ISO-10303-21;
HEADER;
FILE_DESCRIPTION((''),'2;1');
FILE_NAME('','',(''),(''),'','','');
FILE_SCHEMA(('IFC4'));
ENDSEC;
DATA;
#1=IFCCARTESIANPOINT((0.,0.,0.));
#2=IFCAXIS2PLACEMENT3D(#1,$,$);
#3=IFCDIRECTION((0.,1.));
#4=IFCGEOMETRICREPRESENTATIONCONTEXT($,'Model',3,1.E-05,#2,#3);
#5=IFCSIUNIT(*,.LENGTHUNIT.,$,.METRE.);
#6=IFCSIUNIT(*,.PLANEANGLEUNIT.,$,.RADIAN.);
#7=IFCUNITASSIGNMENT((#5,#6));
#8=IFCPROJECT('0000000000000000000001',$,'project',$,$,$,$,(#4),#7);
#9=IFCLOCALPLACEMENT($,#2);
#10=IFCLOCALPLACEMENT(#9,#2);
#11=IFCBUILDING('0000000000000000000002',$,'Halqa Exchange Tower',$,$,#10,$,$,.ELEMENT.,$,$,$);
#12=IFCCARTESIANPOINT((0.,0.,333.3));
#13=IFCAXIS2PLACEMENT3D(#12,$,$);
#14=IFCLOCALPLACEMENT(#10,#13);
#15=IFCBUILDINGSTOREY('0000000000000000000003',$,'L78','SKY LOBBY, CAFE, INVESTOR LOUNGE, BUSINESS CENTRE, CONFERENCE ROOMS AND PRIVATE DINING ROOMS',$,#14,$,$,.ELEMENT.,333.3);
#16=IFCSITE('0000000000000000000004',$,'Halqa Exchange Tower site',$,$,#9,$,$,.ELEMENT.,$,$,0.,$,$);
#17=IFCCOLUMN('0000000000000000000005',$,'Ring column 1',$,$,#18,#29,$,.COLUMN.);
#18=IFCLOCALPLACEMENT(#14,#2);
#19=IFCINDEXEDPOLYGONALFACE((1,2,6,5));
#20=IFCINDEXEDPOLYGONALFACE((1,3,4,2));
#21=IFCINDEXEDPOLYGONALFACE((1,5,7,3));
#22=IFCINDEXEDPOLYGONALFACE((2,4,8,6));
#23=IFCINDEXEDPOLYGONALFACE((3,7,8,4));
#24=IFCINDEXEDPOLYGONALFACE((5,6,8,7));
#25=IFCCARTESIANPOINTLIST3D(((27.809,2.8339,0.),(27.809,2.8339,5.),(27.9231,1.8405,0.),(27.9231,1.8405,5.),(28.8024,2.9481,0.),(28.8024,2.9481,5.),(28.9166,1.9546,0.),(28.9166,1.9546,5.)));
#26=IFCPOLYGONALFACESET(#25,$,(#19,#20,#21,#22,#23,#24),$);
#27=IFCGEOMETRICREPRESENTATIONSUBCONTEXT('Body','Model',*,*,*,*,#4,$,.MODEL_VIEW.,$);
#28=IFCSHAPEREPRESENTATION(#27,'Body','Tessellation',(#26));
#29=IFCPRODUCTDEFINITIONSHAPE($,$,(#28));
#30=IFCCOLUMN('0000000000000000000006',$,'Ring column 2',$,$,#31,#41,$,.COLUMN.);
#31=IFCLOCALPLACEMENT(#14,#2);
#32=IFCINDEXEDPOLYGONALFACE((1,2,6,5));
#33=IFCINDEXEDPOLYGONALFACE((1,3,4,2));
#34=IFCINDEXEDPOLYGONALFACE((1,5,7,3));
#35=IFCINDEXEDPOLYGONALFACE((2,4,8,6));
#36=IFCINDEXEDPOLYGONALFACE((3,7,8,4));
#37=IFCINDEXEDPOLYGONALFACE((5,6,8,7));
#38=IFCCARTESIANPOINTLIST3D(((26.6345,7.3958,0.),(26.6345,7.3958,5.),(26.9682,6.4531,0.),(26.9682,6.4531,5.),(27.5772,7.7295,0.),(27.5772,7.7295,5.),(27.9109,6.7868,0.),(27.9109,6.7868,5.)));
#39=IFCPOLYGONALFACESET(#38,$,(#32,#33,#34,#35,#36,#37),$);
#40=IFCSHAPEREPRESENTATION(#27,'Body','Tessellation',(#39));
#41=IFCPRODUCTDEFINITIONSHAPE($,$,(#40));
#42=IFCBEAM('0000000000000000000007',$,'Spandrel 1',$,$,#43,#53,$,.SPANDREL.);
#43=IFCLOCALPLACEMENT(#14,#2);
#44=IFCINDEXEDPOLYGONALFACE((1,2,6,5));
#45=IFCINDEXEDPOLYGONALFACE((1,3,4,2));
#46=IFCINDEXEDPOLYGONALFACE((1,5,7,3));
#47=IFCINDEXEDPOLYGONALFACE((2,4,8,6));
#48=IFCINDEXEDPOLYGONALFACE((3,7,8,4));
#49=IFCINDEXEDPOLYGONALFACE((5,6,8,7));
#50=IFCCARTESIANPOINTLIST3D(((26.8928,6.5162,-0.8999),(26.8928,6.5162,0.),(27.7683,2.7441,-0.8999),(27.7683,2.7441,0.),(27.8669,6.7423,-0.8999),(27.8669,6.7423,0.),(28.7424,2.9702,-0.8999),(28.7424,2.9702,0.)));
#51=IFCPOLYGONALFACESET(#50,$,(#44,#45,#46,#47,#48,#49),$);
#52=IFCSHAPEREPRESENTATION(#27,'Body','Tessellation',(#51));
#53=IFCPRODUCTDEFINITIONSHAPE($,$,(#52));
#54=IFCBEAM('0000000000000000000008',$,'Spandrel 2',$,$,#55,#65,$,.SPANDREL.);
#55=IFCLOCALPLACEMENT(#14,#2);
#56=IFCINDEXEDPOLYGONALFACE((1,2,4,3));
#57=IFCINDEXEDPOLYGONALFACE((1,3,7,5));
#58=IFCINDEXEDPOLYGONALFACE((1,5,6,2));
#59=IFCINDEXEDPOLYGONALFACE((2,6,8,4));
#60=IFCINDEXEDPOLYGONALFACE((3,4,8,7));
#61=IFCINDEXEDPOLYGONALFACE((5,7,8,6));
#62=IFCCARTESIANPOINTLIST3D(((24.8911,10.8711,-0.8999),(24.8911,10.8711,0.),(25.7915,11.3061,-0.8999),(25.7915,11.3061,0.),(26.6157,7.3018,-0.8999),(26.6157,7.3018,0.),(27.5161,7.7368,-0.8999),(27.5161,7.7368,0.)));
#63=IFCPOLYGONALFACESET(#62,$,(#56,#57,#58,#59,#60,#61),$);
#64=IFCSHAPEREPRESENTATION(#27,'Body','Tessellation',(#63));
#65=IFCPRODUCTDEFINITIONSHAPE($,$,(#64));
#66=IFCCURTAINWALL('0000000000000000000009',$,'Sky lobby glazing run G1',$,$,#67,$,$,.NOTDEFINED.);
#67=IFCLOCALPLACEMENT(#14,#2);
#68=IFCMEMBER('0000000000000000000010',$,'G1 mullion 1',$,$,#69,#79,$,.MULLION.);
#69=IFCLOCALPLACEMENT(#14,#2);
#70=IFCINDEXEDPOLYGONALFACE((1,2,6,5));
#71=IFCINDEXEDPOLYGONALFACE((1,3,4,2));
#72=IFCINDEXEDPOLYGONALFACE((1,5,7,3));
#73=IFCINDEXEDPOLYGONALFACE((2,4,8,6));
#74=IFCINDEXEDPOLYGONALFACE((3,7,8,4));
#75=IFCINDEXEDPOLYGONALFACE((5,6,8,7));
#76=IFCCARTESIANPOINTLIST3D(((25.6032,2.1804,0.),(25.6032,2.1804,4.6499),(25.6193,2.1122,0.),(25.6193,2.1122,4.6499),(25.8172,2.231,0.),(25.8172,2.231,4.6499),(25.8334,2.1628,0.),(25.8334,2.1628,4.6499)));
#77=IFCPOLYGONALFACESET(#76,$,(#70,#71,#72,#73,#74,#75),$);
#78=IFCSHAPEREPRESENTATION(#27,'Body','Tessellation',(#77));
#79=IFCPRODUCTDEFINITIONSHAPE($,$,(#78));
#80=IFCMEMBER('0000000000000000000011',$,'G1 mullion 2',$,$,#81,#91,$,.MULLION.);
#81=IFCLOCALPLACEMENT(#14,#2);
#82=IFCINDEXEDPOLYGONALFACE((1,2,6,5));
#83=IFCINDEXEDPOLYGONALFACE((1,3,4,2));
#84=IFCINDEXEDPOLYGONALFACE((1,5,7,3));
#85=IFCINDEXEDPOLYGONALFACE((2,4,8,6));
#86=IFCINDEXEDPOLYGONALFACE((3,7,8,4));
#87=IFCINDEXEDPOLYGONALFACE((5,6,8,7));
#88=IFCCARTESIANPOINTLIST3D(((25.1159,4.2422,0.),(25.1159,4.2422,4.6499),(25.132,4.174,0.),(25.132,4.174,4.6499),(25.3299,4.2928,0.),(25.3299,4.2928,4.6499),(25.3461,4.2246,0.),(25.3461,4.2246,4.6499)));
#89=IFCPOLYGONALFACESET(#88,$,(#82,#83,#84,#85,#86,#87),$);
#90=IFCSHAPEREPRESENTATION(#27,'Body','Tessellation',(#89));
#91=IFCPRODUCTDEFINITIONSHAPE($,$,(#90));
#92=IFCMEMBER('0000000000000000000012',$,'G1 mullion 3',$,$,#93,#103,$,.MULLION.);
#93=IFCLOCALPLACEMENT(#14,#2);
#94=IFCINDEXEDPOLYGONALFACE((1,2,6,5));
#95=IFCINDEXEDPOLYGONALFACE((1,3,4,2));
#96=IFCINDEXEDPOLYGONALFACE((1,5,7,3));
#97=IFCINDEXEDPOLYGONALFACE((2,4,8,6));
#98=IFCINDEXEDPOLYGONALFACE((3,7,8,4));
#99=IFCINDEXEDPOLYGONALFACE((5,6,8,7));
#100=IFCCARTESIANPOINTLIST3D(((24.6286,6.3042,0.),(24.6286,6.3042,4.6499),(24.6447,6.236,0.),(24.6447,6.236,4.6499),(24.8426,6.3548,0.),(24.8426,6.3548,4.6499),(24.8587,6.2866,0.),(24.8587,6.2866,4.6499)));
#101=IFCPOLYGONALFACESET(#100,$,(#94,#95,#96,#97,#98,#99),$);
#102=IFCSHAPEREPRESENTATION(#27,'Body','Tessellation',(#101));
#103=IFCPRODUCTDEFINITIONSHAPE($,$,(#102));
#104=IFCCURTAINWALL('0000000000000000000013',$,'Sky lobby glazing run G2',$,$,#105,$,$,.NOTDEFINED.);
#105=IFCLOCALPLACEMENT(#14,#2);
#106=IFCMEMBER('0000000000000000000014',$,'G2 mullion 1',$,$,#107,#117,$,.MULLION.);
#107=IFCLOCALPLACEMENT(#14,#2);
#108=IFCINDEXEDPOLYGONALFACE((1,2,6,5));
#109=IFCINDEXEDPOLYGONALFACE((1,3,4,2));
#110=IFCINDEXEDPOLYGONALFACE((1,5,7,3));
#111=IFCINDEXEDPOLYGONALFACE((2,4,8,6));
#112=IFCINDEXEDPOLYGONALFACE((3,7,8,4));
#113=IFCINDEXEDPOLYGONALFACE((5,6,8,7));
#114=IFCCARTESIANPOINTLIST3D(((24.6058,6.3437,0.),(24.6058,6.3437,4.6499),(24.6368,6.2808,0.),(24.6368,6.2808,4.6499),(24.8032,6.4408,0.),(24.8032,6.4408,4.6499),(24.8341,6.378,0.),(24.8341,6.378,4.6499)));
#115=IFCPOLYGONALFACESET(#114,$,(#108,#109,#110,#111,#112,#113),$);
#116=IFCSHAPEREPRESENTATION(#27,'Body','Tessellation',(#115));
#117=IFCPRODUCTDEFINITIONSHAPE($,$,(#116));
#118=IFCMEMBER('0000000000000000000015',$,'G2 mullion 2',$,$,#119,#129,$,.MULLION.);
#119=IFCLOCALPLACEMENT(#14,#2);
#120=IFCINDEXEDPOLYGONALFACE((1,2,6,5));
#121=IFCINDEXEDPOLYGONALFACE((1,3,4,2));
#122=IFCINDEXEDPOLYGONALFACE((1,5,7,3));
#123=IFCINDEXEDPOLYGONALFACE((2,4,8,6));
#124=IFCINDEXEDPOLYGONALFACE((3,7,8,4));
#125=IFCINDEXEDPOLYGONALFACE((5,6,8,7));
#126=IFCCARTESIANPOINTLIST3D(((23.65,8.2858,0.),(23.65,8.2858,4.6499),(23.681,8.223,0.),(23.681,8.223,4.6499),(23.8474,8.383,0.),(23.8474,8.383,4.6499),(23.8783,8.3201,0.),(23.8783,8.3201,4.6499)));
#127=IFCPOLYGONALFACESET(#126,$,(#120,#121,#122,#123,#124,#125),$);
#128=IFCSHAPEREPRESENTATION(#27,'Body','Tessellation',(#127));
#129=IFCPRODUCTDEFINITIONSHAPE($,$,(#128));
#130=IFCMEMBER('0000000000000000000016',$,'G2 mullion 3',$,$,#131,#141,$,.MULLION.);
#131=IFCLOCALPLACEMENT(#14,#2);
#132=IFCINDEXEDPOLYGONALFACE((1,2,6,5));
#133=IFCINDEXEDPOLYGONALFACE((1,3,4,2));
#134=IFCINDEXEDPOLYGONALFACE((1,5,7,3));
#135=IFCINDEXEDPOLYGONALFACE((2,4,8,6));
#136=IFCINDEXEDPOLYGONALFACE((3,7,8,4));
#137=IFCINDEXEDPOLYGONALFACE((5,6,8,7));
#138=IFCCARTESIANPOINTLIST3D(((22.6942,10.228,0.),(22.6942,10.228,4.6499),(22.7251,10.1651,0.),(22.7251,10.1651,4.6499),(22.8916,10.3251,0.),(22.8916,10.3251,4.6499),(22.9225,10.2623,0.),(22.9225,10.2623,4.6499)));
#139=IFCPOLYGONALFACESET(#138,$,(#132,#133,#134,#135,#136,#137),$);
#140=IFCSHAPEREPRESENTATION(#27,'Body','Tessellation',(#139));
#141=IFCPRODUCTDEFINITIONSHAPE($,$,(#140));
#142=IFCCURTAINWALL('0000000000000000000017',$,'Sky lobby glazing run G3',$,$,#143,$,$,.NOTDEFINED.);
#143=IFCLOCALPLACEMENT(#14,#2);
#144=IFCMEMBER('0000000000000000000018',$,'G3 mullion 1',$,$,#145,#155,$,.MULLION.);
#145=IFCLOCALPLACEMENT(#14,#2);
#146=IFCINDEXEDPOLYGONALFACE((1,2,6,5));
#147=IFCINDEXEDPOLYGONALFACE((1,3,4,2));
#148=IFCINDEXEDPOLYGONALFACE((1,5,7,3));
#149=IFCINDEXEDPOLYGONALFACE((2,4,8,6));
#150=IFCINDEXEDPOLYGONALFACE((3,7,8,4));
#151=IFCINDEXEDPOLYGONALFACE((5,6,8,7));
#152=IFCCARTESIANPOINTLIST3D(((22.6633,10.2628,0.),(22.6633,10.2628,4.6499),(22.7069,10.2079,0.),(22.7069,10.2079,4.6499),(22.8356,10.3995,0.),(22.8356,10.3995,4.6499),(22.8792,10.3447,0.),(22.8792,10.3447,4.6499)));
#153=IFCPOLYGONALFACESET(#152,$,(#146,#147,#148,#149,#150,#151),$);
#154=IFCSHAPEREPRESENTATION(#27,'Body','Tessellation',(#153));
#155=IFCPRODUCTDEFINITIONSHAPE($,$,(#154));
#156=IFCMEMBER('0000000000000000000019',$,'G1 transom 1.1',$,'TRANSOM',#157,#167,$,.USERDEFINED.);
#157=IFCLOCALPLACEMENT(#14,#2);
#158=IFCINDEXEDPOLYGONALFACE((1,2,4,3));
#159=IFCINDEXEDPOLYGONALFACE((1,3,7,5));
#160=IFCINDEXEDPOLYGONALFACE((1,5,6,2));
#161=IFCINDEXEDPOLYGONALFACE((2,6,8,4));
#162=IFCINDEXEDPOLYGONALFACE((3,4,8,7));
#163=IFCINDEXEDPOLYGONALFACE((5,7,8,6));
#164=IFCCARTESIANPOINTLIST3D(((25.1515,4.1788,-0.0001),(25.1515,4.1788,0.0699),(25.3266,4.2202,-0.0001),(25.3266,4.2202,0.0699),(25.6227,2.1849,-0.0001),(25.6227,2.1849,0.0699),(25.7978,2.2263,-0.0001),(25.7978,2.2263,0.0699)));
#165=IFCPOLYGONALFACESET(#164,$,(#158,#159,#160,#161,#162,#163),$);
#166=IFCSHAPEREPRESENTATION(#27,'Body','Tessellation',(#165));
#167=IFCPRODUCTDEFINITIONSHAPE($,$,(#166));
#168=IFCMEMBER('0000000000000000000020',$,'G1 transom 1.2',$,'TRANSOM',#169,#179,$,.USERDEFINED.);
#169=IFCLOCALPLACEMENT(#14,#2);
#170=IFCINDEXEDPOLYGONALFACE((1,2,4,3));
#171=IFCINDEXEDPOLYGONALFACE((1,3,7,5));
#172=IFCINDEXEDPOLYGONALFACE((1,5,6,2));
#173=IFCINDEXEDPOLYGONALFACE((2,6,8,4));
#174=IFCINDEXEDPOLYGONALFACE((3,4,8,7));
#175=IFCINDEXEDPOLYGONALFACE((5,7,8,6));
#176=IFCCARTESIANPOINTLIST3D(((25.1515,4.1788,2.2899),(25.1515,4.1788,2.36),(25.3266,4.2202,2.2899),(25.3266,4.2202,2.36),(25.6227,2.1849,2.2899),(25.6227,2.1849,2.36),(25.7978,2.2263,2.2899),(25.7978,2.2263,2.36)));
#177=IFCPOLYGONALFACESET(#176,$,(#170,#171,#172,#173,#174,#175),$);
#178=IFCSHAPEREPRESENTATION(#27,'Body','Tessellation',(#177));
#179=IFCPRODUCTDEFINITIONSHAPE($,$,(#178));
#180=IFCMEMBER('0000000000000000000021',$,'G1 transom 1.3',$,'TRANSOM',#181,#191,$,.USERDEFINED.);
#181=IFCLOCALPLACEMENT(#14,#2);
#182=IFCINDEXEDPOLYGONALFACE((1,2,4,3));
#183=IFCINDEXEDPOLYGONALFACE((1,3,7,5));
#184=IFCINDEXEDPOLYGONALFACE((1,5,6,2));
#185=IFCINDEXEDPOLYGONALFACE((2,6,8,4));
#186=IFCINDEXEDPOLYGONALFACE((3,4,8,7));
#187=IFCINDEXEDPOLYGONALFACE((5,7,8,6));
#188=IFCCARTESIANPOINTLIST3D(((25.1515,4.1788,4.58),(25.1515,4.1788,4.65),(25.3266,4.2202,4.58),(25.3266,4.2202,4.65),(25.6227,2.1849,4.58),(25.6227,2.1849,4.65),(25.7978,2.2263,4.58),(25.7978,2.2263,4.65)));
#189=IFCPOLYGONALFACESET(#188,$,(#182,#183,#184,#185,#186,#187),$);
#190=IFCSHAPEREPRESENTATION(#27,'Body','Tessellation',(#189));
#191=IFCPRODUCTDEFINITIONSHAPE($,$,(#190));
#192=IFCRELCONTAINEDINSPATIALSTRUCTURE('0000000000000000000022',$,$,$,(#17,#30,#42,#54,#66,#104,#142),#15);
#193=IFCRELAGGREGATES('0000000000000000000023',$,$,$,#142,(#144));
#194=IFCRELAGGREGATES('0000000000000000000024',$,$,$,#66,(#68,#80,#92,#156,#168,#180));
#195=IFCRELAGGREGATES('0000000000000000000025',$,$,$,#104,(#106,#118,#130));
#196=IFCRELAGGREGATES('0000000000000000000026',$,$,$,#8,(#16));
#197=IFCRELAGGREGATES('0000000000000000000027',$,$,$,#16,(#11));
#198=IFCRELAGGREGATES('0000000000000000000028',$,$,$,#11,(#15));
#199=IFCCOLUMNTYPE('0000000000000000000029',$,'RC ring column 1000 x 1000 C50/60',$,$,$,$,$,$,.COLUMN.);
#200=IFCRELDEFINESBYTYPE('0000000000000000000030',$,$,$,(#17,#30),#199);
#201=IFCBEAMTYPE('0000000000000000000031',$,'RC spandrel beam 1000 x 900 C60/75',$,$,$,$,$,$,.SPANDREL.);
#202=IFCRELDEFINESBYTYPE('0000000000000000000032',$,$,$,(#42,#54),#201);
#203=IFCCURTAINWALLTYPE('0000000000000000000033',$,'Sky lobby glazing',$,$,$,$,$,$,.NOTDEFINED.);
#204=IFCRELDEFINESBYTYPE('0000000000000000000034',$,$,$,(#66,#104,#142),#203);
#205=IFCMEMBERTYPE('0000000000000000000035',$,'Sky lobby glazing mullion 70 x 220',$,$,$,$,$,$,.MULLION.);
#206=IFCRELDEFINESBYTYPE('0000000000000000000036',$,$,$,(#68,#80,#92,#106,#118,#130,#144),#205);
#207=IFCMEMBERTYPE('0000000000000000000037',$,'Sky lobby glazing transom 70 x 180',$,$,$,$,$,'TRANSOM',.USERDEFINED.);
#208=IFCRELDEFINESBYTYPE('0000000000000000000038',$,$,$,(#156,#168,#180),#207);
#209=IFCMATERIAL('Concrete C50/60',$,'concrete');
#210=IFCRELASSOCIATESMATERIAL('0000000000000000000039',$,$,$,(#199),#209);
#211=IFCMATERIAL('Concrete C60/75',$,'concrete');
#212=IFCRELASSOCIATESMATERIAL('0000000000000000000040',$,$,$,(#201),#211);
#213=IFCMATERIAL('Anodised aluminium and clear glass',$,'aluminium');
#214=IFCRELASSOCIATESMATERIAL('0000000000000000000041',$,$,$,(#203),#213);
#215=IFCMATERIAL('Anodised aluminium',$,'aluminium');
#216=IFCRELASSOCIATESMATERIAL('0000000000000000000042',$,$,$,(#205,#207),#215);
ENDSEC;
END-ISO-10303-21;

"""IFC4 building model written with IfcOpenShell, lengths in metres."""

from ifc_helpers import new_model, si_unit, direction, frame, origin, origin_2d, place, context, subcontext, project, spatial, rectangle, extrude, material, material_profile, profile_set, type_object, element, aggregate, save


model = new_model("IFC4")

# Units and contexts
model_context = context("Model", 3, precision=1e-05, world=origin(), true_north=direction((0.0, 1.0)))
body_context = subcontext(model_context, "Body", "Model", "MODEL_VIEW")
ifc_project = project(units=[si_unit("LENGTHUNIT", "METRE"), si_unit("PLANEANGLEUNIT", "RADIAN")], contexts=[model_context])

# Site, building, storey
site_placement = place(None, origin())
site = spatial("IfcSite", under=ifc_project, at=site_placement, Name="Halqa Exchange Tower site", CompositionType="ELEMENT", RefElevation=0.0)
building_placement = place(site_placement, origin())
building = spatial("IfcBuilding", under=site, at=building_placement, Name="Halqa Exchange Tower", CompositionType="ELEMENT")
storey_placement = place(building_placement, frame((0.0, 0.0, 333.3)))
storey = spatial("IfcBuildingStorey", under=building, at=storey_placement, Name="L78", Description="SKY LOBBY, CAFE, INVESTOR LOUNGE, BUSINESS CENTRE, CONFERENCE ROOMS AND PRIVATE DINING ROOMS", CompositionType="ELEMENT", Elevation=333.3)

# Columns
ifc_material_1 = material(Name="Concrete C50/60", Category="concrete")
ifc_material_profile_1 = material_profile(ifc_material_1, rectangle(XDim=1.0, YDim=1.0, at=origin_2d()), Name="1000 x 1000")
ifc_profile_set_1 = profile_set([ifc_material_profile_1], Name="Concrete C50/60")
column_type = type_object("IfcColumnType", Name="RC ring column 1000 x 1000 C50/60", PredefinedType="COLUMN", material=ifc_profile_set_1)
for number, where, z_axis, x_axis, name in (
    (1, (28.3628, 2.3943, 0.0), (0.0, 0.0, 1.0), (-0.11416, 0.993462, 0.0), "Ring column 1"),
    (2, (27.2727, 7.0913, 0.0), (0.0, 0.0, 1.0), (-0.333624, 0.942706, 0.0), "Ring column 2"),
):
    element("IfcColumn", number, at=place(storey_placement, frame(where, z_axis=z_axis, x_axis=x_axis)), inside=storey, type_object=column_type, Name=name, PredefinedType="COLUMN", context=body_context, shape_type="SweptSolid", body=[
        extrude(rectangle(XDim=1.0, YDim=1.0, at=origin_2d()), origin(), (0.0, 0.0, 1.0), 5.0),
    ])

# Beams
ifc_material_2 = material(Name="Concrete C60/75", Category="concrete")
ifc_material_profile_2 = material_profile(ifc_material_2, rectangle(XDim=1.0, YDim=0.8999, at=origin_2d()), Name="1000 x 900")
ifc_profile_set_2 = profile_set([ifc_material_profile_2], Name="Concrete C60/75")
beam_type = type_object("IfcBeamType", Name="RC spandrel beam 1000 x 900 C60/75", PredefinedType="SPANDREL", material=ifc_profile_set_2)
beam_1_placement = place(storey_placement, frame((28.2554, 2.8572, -0.45), z_axis=(-0.226093, 0.974106, 0.0), x_axis=(-0.974106, -0.226093, 0.0)))
element("IfcBeam", 3, at=beam_1_placement, inside=storey, type_object=beam_type, Name="Spandrel 1", PredefinedType="SPANDREL", context=body_context, shape_type="SweptSolid", body=[
    extrude(rectangle(XDim=1.0, YDim=0.8999, at=origin_2d()), origin(), (0.0, 0.0, 1.0), 3.8723),
])
beam_2_placement = place(storey_placement, frame((27.0659, 7.5193, -0.45), z_axis=(-0.435052, 0.900405, 0.0), x_axis=(-0.900405, -0.435052, 0.0)))
element("IfcBeam", 4, at=beam_2_placement, inside=storey, type_object=beam_type, Name="Spandrel 2", PredefinedType="SPANDREL", context=body_context, shape_type="SweptSolid", body=[
    extrude(rectangle(XDim=1.0, YDim=0.8999, at=origin_2d()), origin(), (0.0, 0.0, 1.0), 3.9641),
])

# Curtain walls, members
ifc_material_3 = material(Name="Anodised aluminium and clear glass", Category="aluminium")
curtain_wall_type = type_object("IfcCurtainWallType", Name="Sky lobby glazing", PredefinedType="NOTDEFINED", material=ifc_material_3)
curtain_wall_1_placement = place(storey_placement, origin())
curtain_wall_1 = element("IfcCurtainWall", 5, at=curtain_wall_1_placement, inside=storey, type_object=curtain_wall_type, Name="Sky lobby glazing run G1", PredefinedType="NOTDEFINED")
ifc_material_4 = material(Name="Anodised aluminium", Category="aluminium")
ifc_material_profile_3 = material_profile(ifc_material_4, rectangle(XDim=0.22, YDim=0.0701, at=origin_2d()), Name="AL 70x220")
ifc_profile_set_3 = profile_set([ifc_material_profile_3], Name="Anodised aluminium")
member_type_1 = type_object("IfcMemberType", Name="Sky lobby glazing mullion 70 x 220", PredefinedType="MULLION", material=ifc_profile_set_3)
member_1_placement = place(storey_placement, frame((25.7183, 2.1716, 0.0), z_axis=(0.0, 0.0, 1.0), x_axis=(-0.973192, -0.229995, 0.0)))
member_1 = element("IfcMember", 6, at=member_1_placement, type_object=member_type_1, Name="G1 mullion 1", PredefinedType="MULLION", context=body_context, shape_type="SweptSolid", body=[
    extrude(rectangle(XDim=0.22, YDim=0.0701, at=origin_2d()), origin(), (0.0, 0.0, 1.0), 4.6499),
])
member_2_placement = place(storey_placement, frame((25.231, 4.2334, 0.0), z_axis=(0.0, 0.0, 1.0), x_axis=(-0.973192, -0.229995, 0.0)))
member_2 = element("IfcMember", 7, at=member_2_placement, type_object=member_type_1, Name="G1 mullion 2", PredefinedType="MULLION", context=body_context, shape_type="SweptSolid", body=[
    extrude(rectangle(XDim=0.22, YDim=0.0701, at=origin_2d()), origin(), (0.0, 0.0, 1.0), 4.6499),
])
member_3_placement = place(storey_placement, frame((24.7437, 6.2954, 0.0), z_axis=(0.0, 0.0, 1.0), x_axis=(-0.973192, -0.229995, 0.0)))
member_3 = element("IfcMember", 8, at=member_3_placement, type_object=member_type_1, Name="G1 mullion 3", PredefinedType="MULLION", context=body_context, shape_type="SweptSolid", body=[
    extrude(rectangle(XDim=0.22, YDim=0.0701, at=origin_2d()), origin(), (0.0, 0.0, 1.0), 4.6499),
])
curtain_wall_2_placement = place(storey_placement, origin())
curtain_wall_2 = element("IfcCurtainWall", 9, at=curtain_wall_2_placement, inside=storey, type_object=curtain_wall_type, Name="Sky lobby glazing run G2", PredefinedType="NOTDEFINED")
member_4_placement = place(storey_placement, frame((24.72, 6.3608, 0.0), z_axis=(0.0, 0.0, 1.0), x_axis=(-0.897215, -0.441595, 0.0)))
member_4 = element("IfcMember", 10, at=member_4_placement, type_object=member_type_1, Name="G2 mullion 1", PredefinedType="MULLION", context=body_context, shape_type="SweptSolid", body=[
    extrude(rectangle(XDim=0.22, YDim=0.0701, at=origin_2d()), origin(), (0.0, 0.0, 1.0), 4.6499),
])
member_5_placement = place(storey_placement, frame((23.7642, 8.303, 0.0), z_axis=(0.0, 0.0, 1.0), x_axis=(-0.897215, -0.441595, 0.0)))
member_5 = element("IfcMember", 11, at=member_5_placement, type_object=member_type_1, Name="G2 mullion 2", PredefinedType="MULLION", context=body_context, shape_type="SweptSolid", body=[
    extrude(rectangle(XDim=0.22, YDim=0.0701, at=origin_2d()), origin(), (0.0, 0.0, 1.0), 4.6499),
])
member_6_placement = place(storey_placement, frame((22.8083, 10.2451, 0.0), z_axis=(0.0, 0.0, 1.0), x_axis=(-0.897215, -0.441595, 0.0)))
member_6 = element("IfcMember", 12, at=member_6_placement, type_object=member_type_1, Name="G2 mullion 3", PredefinedType="MULLION", context=body_context, shape_type="SweptSolid", body=[
    extrude(rectangle(XDim=0.22, YDim=0.0701, at=origin_2d()), origin(), (0.0, 0.0, 1.0), 4.6499),
])

# Curtain wall, member
curtain_wall_3_placement = place(storey_placement, origin())
curtain_wall_3 = element("IfcCurtainWall", 13, at=curtain_wall_3_placement, inside=storey, type_object=curtain_wall_type, Name="Sky lobby glazing run G3", PredefinedType="NOTDEFINED")
member_7_placement = place(storey_placement, frame((22.7712, 10.3037, 0.0), z_axis=(0.0, 0.0, 1.0), x_axis=(-0.783162, -0.621817, 0.0)))
member_7 = element("IfcMember", 14, at=member_7_placement, type_object=member_type_1, Name="G3 mullion 1", PredefinedType="MULLION", context=body_context, shape_type="SweptSolid", body=[
    extrude(rectangle(XDim=0.22, YDim=0.0701, at=origin_2d()), origin(), (0.0, 0.0, 1.0), 4.6499),
])
aggregate(curtain_wall_3, [member_7])

# Members
ifc_material_profile_4 = material_profile(ifc_material_4, rectangle(XDim=0.1799, YDim=0.0701, at=origin_2d()), Name="AL 70x180")
ifc_profile_set_4 = profile_set([ifc_material_profile_4], Name="Anodised aluminium")
member_type_2 = type_object("IfcMemberType", Name="Sky lobby glazing transom 70 x 180", ElementType="TRANSOM", PredefinedType="USERDEFINED", material=ifc_profile_set_4)
member_8_placement = place(storey_placement, frame((25.7102, 2.2056, 0.0349), z_axis=(-0.229982, 0.973195, 0.0), x_axis=(-0.973195, -0.229982, 0.0)))
member_8 = element("IfcMember", 15, at=member_8_placement, type_object=member_type_2, Name="G1 transom 1.1", ObjectType="TRANSOM", PredefinedType="USERDEFINED", context=body_context, shape_type="SweptSolid", body=[
    extrude(rectangle(XDim=0.1799, YDim=0.0701, at=origin_2d()), origin(), (0.0, 0.0, 1.0), 2.0488),
])
member_9_placement = place(storey_placement, frame((25.7102, 2.2056, 2.325), z_axis=(-0.229982, 0.973195, 0.0), x_axis=(-0.973195, -0.229982, 0.0)))
member_9 = element("IfcMember", 16, at=member_9_placement, type_object=member_type_2, Name="G1 transom 1.2", ObjectType="TRANSOM", PredefinedType="USERDEFINED", context=body_context, shape_type="SweptSolid", body=[
    extrude(rectangle(XDim=0.1799, YDim=0.0701, at=origin_2d()), origin(), (0.0, 0.0, 1.0), 2.0488),
])
member_10_placement = place(storey_placement, frame((25.7102, 2.2056, 4.615), z_axis=(-0.229982, 0.973195, 0.0), x_axis=(-0.973195, -0.229982, 0.0)))
member_10 = element("IfcMember", 17, at=member_10_placement, type_object=member_type_2, Name="G1 transom 1.3", ObjectType="TRANSOM", PredefinedType="USERDEFINED", context=body_context, shape_type="SweptSolid", body=[
    extrude(rectangle(XDim=0.1799, YDim=0.0701, at=origin_2d()), origin(), (0.0, 0.0, 1.0), 2.0488),
])

aggregate(curtain_wall_1, [member_1, member_2, member_3, member_8, member_9, member_10])
aggregate(curtain_wall_2, [member_4, member_5, member_6])

save(model, "model.ifc")
